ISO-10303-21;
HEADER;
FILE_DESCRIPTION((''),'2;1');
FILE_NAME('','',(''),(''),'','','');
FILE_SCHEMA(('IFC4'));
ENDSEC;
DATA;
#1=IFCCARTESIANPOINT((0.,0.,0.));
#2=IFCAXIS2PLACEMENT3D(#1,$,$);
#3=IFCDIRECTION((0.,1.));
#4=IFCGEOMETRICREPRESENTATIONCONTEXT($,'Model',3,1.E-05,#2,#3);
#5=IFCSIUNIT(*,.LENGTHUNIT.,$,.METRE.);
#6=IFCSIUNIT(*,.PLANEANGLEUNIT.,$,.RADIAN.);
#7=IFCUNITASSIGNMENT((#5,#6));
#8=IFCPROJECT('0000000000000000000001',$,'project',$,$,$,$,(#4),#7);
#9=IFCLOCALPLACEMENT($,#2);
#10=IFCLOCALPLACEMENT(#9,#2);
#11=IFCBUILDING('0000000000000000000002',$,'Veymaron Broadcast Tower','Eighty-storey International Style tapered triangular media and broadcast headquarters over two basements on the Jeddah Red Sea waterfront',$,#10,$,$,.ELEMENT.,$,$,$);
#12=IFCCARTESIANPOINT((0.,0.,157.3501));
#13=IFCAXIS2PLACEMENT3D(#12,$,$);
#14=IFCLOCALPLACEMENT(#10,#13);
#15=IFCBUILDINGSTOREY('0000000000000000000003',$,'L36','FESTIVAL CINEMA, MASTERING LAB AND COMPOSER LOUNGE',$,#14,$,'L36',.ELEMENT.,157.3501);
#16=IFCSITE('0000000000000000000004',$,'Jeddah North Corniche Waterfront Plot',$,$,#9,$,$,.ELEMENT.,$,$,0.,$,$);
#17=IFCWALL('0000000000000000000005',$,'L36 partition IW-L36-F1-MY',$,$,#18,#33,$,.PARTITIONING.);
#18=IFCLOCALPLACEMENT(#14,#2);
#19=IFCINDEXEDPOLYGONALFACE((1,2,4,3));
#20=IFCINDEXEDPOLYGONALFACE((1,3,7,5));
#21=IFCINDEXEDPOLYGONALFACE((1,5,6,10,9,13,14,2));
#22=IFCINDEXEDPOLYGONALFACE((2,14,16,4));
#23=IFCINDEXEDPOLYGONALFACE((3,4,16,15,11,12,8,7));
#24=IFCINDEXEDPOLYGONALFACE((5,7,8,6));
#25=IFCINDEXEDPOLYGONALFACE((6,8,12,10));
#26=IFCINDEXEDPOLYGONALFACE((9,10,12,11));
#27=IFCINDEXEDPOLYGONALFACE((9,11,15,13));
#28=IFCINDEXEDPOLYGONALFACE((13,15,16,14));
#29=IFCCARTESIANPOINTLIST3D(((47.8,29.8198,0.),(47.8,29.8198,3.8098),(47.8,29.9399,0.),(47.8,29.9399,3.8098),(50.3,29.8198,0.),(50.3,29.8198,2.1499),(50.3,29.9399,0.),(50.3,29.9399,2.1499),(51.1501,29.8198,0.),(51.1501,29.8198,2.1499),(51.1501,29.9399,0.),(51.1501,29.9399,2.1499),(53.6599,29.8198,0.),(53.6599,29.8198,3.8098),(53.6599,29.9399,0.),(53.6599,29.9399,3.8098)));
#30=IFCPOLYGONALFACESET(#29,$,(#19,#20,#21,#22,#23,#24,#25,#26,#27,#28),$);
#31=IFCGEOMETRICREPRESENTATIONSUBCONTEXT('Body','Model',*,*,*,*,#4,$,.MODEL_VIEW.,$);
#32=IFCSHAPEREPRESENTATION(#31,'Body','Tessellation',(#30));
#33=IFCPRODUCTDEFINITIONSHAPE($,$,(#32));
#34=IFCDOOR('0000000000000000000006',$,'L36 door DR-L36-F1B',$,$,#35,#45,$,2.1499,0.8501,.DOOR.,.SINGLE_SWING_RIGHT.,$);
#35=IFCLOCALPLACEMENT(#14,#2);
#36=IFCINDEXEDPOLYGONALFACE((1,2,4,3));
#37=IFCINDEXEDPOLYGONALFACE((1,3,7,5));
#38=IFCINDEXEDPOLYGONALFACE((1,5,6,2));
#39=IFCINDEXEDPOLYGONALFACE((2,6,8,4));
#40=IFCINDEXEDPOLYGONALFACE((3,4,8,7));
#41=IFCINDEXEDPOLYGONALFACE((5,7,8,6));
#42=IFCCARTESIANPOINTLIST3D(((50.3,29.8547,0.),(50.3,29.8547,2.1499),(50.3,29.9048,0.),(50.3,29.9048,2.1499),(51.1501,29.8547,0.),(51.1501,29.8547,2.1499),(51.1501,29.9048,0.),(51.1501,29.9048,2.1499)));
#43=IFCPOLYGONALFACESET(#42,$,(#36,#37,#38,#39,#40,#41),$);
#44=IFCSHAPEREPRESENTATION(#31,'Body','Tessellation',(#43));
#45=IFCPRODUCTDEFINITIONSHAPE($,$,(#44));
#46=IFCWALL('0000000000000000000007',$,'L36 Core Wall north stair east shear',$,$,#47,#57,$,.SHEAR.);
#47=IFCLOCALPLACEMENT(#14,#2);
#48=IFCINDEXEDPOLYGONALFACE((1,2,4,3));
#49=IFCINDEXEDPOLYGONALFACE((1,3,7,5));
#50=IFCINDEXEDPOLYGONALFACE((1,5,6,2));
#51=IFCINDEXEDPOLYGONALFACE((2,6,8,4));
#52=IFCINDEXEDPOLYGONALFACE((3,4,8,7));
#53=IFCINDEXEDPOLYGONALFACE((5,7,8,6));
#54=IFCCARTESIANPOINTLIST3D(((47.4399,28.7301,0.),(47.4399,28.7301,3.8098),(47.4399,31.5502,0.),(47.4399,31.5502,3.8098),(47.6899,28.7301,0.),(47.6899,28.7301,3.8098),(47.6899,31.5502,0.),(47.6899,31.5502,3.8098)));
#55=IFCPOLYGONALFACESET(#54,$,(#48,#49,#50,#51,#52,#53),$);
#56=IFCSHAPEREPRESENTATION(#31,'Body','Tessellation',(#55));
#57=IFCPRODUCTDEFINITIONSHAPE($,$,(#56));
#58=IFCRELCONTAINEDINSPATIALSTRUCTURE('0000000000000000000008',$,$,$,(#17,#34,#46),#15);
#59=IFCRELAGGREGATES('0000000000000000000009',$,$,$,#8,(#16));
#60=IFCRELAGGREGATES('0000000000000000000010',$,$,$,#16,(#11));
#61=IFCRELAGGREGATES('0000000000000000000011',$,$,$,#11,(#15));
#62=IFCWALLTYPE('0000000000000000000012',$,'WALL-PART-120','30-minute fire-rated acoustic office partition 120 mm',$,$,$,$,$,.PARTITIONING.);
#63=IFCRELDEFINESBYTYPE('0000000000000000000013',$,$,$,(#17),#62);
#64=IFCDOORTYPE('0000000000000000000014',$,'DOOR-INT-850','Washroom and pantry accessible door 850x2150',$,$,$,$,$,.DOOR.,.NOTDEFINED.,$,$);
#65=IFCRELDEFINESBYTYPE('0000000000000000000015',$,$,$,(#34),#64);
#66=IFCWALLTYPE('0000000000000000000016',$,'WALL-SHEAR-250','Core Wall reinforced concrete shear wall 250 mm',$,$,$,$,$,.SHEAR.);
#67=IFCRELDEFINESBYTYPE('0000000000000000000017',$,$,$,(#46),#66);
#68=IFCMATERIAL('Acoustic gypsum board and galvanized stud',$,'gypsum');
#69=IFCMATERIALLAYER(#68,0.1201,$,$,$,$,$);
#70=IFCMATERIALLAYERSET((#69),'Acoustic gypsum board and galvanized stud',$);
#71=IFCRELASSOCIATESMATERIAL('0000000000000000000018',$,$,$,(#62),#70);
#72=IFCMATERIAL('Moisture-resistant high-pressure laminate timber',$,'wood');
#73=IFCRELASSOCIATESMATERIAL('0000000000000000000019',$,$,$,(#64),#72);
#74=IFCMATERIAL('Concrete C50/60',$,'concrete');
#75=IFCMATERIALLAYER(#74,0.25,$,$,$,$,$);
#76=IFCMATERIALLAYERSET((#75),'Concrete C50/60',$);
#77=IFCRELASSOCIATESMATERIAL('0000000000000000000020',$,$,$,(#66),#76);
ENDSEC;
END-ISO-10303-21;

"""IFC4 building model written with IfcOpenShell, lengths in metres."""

from ifc_helpers import new_model, si_unit, direction, frame, frame_2d, origin, place, context, subcontext, project, spatial, rectangle, extrude, material, layer, layer_set, type_object, element, fill, save


model = new_model("IFC4")

# Units and contexts
model_context = context("Model", 3, precision=1e-05, world=origin(), true_north=direction((0.0, 1.0)))
body_context = subcontext(model_context, "Body", "Model", "MODEL_VIEW")
ifc_project = project(units=[si_unit("LENGTHUNIT", "METRE"), si_unit("PLANEANGLEUNIT", "RADIAN")], contexts=[model_context])

# Site, building, storey
site_placement = place(None, origin())
site = spatial("IfcSite", under=ifc_project, at=site_placement, Name="Jeddah North Corniche Waterfront Plot", CompositionType="ELEMENT", RefElevation=0.0)
building_placement = place(site_placement, origin())
building = spatial("IfcBuilding", under=site, at=building_placement, Name="Veymaron Broadcast Tower", Description="Eighty-storey International Style tapered triangular media and broadcast headquarters over two basements on the Jeddah Red Sea waterfront", CompositionType="ELEMENT")
storey_placement = place(building_placement, frame((0.0, 0.0, 157.3501)))
storey = spatial("IfcBuildingStorey", under=building, at=storey_placement, Name="L36", Description="FESTIVAL CINEMA, MASTERING LAB AND COMPOSER LOUNGE", LongName="L36", CompositionType="ELEMENT", Elevation=157.3501)

# Wall, opening, door
ifc_material_1 = material(Name="Acoustic gypsum board and galvanized stud", Category="gypsum")
ifc_layer_1 = layer(ifc_material_1, 0.1201)
ifc_layer_set_1 = layer_set([ifc_layer_1], Name="Acoustic gypsum board and galvanized stud")
wall_type_1 = type_object("IfcWallType", Name="WALL-PART-120", Description="30-minute fire-rated acoustic office partition 120 mm", PredefinedType="PARTITIONING", material=ifc_layer_set_1)
ifc_material_2 = material(Name="Moisture-resistant high-pressure laminate timber", Category="wood")
door_type_1 = type_object("IfcDoorType", Name="DOOR-INT-850", Description="Washroom and pantry accessible door 850x2150", OperationType="NOTDEFINED", PredefinedType="DOOR", material=ifc_material_2)
wall_1_placement = place(storey_placement, frame((47.8, 29.8799, 0.0), z_axis=(0.0, 0.0, 1.0), x_axis=(1.0, 0.0, 0.0)))
wall_1 = element("IfcWall", 1, at=wall_1_placement, inside=storey, type_object=wall_type_1, Name="L36 partition IW-L36-F1-MY", PredefinedType="PARTITIONING", context=body_context, shape_type="SweptSolid", body=[
    extrude(rectangle(XDim=5.8599, YDim=0.1201, at=frame_2d((2.9299, 0.0))), origin(), (0.0, 0.0, 1.0), 3.8098),
])
opening_1_placement = place(wall_1_placement, frame((2.5, 0.0, 0.0)))
opening_1 = element("IfcOpeningElement", 2, at=opening_1_placement, cuts=wall_1, PredefinedType="OPENING", context=body_context, shape_type="SweptSolid", body=[
    extrude(rectangle(XDim=0.8501, YDim=2.1499, at=frame_2d((0.425, 1.075))), frame((0.0, 0.0701, 0.0), z_axis=(0.0, -1.0, 0.0), x_axis=(1.0, 0.0, 0.0)), (0.0, 0.0, 1.0), 0.1401),
])
door_1_placement = place(opening_1_placement, origin())
door_1 = element("IfcDoor", 3, at=door_1_placement, inside=storey, type_object=door_type_1, Name="L36 door DR-L36-F1B", OperationType="SINGLE_SWING_RIGHT", OverallHeight=2.1499, OverallWidth=0.8501, PredefinedType="DOOR", context=body_context, shape_type="SweptSolid", body=[
    extrude(rectangle(XDim=0.8501, YDim=2.1499, at=frame_2d((0.425, 1.075))), frame((0.0, 0.0249, 0.0), z_axis=(0.0, -1.0, 0.0), x_axis=(1.0, 0.0, 0.0)), (0.0, 0.0, 1.0), 0.05),
])
fill(opening_1, door_1)

# Wall
ifc_material_3 = material(Name="Concrete C50/60", Category="concrete")
ifc_layer_2 = layer(ifc_material_3, 0.25)
ifc_layer_set_2 = layer_set([ifc_layer_2], Name="Concrete C50/60")
wall_type_2 = type_object("IfcWallType", Name="WALL-SHEAR-250", Description="Core Wall reinforced concrete shear wall 250 mm", PredefinedType="SHEAR", material=ifc_layer_set_2)
wall_2_placement = place(storey_placement, frame((47.5649, 28.73, 0.0), z_axis=(0.0, 0.0, 1.0), x_axis=(0.0, 1.0, 0.0)))
element("IfcWall", 4, at=wall_2_placement, inside=storey, type_object=wall_type_2, Name="L36 Core Wall north stair east shear", PredefinedType="SHEAR", context=body_context, shape_type="SweptSolid", body=[
    extrude(rectangle(XDim=2.8201, YDim=0.25, at=frame_2d((1.4102, 0.0))), origin(), (0.0, 0.0, 1.0), 3.8098),
])

save(model, "model.ifc")
